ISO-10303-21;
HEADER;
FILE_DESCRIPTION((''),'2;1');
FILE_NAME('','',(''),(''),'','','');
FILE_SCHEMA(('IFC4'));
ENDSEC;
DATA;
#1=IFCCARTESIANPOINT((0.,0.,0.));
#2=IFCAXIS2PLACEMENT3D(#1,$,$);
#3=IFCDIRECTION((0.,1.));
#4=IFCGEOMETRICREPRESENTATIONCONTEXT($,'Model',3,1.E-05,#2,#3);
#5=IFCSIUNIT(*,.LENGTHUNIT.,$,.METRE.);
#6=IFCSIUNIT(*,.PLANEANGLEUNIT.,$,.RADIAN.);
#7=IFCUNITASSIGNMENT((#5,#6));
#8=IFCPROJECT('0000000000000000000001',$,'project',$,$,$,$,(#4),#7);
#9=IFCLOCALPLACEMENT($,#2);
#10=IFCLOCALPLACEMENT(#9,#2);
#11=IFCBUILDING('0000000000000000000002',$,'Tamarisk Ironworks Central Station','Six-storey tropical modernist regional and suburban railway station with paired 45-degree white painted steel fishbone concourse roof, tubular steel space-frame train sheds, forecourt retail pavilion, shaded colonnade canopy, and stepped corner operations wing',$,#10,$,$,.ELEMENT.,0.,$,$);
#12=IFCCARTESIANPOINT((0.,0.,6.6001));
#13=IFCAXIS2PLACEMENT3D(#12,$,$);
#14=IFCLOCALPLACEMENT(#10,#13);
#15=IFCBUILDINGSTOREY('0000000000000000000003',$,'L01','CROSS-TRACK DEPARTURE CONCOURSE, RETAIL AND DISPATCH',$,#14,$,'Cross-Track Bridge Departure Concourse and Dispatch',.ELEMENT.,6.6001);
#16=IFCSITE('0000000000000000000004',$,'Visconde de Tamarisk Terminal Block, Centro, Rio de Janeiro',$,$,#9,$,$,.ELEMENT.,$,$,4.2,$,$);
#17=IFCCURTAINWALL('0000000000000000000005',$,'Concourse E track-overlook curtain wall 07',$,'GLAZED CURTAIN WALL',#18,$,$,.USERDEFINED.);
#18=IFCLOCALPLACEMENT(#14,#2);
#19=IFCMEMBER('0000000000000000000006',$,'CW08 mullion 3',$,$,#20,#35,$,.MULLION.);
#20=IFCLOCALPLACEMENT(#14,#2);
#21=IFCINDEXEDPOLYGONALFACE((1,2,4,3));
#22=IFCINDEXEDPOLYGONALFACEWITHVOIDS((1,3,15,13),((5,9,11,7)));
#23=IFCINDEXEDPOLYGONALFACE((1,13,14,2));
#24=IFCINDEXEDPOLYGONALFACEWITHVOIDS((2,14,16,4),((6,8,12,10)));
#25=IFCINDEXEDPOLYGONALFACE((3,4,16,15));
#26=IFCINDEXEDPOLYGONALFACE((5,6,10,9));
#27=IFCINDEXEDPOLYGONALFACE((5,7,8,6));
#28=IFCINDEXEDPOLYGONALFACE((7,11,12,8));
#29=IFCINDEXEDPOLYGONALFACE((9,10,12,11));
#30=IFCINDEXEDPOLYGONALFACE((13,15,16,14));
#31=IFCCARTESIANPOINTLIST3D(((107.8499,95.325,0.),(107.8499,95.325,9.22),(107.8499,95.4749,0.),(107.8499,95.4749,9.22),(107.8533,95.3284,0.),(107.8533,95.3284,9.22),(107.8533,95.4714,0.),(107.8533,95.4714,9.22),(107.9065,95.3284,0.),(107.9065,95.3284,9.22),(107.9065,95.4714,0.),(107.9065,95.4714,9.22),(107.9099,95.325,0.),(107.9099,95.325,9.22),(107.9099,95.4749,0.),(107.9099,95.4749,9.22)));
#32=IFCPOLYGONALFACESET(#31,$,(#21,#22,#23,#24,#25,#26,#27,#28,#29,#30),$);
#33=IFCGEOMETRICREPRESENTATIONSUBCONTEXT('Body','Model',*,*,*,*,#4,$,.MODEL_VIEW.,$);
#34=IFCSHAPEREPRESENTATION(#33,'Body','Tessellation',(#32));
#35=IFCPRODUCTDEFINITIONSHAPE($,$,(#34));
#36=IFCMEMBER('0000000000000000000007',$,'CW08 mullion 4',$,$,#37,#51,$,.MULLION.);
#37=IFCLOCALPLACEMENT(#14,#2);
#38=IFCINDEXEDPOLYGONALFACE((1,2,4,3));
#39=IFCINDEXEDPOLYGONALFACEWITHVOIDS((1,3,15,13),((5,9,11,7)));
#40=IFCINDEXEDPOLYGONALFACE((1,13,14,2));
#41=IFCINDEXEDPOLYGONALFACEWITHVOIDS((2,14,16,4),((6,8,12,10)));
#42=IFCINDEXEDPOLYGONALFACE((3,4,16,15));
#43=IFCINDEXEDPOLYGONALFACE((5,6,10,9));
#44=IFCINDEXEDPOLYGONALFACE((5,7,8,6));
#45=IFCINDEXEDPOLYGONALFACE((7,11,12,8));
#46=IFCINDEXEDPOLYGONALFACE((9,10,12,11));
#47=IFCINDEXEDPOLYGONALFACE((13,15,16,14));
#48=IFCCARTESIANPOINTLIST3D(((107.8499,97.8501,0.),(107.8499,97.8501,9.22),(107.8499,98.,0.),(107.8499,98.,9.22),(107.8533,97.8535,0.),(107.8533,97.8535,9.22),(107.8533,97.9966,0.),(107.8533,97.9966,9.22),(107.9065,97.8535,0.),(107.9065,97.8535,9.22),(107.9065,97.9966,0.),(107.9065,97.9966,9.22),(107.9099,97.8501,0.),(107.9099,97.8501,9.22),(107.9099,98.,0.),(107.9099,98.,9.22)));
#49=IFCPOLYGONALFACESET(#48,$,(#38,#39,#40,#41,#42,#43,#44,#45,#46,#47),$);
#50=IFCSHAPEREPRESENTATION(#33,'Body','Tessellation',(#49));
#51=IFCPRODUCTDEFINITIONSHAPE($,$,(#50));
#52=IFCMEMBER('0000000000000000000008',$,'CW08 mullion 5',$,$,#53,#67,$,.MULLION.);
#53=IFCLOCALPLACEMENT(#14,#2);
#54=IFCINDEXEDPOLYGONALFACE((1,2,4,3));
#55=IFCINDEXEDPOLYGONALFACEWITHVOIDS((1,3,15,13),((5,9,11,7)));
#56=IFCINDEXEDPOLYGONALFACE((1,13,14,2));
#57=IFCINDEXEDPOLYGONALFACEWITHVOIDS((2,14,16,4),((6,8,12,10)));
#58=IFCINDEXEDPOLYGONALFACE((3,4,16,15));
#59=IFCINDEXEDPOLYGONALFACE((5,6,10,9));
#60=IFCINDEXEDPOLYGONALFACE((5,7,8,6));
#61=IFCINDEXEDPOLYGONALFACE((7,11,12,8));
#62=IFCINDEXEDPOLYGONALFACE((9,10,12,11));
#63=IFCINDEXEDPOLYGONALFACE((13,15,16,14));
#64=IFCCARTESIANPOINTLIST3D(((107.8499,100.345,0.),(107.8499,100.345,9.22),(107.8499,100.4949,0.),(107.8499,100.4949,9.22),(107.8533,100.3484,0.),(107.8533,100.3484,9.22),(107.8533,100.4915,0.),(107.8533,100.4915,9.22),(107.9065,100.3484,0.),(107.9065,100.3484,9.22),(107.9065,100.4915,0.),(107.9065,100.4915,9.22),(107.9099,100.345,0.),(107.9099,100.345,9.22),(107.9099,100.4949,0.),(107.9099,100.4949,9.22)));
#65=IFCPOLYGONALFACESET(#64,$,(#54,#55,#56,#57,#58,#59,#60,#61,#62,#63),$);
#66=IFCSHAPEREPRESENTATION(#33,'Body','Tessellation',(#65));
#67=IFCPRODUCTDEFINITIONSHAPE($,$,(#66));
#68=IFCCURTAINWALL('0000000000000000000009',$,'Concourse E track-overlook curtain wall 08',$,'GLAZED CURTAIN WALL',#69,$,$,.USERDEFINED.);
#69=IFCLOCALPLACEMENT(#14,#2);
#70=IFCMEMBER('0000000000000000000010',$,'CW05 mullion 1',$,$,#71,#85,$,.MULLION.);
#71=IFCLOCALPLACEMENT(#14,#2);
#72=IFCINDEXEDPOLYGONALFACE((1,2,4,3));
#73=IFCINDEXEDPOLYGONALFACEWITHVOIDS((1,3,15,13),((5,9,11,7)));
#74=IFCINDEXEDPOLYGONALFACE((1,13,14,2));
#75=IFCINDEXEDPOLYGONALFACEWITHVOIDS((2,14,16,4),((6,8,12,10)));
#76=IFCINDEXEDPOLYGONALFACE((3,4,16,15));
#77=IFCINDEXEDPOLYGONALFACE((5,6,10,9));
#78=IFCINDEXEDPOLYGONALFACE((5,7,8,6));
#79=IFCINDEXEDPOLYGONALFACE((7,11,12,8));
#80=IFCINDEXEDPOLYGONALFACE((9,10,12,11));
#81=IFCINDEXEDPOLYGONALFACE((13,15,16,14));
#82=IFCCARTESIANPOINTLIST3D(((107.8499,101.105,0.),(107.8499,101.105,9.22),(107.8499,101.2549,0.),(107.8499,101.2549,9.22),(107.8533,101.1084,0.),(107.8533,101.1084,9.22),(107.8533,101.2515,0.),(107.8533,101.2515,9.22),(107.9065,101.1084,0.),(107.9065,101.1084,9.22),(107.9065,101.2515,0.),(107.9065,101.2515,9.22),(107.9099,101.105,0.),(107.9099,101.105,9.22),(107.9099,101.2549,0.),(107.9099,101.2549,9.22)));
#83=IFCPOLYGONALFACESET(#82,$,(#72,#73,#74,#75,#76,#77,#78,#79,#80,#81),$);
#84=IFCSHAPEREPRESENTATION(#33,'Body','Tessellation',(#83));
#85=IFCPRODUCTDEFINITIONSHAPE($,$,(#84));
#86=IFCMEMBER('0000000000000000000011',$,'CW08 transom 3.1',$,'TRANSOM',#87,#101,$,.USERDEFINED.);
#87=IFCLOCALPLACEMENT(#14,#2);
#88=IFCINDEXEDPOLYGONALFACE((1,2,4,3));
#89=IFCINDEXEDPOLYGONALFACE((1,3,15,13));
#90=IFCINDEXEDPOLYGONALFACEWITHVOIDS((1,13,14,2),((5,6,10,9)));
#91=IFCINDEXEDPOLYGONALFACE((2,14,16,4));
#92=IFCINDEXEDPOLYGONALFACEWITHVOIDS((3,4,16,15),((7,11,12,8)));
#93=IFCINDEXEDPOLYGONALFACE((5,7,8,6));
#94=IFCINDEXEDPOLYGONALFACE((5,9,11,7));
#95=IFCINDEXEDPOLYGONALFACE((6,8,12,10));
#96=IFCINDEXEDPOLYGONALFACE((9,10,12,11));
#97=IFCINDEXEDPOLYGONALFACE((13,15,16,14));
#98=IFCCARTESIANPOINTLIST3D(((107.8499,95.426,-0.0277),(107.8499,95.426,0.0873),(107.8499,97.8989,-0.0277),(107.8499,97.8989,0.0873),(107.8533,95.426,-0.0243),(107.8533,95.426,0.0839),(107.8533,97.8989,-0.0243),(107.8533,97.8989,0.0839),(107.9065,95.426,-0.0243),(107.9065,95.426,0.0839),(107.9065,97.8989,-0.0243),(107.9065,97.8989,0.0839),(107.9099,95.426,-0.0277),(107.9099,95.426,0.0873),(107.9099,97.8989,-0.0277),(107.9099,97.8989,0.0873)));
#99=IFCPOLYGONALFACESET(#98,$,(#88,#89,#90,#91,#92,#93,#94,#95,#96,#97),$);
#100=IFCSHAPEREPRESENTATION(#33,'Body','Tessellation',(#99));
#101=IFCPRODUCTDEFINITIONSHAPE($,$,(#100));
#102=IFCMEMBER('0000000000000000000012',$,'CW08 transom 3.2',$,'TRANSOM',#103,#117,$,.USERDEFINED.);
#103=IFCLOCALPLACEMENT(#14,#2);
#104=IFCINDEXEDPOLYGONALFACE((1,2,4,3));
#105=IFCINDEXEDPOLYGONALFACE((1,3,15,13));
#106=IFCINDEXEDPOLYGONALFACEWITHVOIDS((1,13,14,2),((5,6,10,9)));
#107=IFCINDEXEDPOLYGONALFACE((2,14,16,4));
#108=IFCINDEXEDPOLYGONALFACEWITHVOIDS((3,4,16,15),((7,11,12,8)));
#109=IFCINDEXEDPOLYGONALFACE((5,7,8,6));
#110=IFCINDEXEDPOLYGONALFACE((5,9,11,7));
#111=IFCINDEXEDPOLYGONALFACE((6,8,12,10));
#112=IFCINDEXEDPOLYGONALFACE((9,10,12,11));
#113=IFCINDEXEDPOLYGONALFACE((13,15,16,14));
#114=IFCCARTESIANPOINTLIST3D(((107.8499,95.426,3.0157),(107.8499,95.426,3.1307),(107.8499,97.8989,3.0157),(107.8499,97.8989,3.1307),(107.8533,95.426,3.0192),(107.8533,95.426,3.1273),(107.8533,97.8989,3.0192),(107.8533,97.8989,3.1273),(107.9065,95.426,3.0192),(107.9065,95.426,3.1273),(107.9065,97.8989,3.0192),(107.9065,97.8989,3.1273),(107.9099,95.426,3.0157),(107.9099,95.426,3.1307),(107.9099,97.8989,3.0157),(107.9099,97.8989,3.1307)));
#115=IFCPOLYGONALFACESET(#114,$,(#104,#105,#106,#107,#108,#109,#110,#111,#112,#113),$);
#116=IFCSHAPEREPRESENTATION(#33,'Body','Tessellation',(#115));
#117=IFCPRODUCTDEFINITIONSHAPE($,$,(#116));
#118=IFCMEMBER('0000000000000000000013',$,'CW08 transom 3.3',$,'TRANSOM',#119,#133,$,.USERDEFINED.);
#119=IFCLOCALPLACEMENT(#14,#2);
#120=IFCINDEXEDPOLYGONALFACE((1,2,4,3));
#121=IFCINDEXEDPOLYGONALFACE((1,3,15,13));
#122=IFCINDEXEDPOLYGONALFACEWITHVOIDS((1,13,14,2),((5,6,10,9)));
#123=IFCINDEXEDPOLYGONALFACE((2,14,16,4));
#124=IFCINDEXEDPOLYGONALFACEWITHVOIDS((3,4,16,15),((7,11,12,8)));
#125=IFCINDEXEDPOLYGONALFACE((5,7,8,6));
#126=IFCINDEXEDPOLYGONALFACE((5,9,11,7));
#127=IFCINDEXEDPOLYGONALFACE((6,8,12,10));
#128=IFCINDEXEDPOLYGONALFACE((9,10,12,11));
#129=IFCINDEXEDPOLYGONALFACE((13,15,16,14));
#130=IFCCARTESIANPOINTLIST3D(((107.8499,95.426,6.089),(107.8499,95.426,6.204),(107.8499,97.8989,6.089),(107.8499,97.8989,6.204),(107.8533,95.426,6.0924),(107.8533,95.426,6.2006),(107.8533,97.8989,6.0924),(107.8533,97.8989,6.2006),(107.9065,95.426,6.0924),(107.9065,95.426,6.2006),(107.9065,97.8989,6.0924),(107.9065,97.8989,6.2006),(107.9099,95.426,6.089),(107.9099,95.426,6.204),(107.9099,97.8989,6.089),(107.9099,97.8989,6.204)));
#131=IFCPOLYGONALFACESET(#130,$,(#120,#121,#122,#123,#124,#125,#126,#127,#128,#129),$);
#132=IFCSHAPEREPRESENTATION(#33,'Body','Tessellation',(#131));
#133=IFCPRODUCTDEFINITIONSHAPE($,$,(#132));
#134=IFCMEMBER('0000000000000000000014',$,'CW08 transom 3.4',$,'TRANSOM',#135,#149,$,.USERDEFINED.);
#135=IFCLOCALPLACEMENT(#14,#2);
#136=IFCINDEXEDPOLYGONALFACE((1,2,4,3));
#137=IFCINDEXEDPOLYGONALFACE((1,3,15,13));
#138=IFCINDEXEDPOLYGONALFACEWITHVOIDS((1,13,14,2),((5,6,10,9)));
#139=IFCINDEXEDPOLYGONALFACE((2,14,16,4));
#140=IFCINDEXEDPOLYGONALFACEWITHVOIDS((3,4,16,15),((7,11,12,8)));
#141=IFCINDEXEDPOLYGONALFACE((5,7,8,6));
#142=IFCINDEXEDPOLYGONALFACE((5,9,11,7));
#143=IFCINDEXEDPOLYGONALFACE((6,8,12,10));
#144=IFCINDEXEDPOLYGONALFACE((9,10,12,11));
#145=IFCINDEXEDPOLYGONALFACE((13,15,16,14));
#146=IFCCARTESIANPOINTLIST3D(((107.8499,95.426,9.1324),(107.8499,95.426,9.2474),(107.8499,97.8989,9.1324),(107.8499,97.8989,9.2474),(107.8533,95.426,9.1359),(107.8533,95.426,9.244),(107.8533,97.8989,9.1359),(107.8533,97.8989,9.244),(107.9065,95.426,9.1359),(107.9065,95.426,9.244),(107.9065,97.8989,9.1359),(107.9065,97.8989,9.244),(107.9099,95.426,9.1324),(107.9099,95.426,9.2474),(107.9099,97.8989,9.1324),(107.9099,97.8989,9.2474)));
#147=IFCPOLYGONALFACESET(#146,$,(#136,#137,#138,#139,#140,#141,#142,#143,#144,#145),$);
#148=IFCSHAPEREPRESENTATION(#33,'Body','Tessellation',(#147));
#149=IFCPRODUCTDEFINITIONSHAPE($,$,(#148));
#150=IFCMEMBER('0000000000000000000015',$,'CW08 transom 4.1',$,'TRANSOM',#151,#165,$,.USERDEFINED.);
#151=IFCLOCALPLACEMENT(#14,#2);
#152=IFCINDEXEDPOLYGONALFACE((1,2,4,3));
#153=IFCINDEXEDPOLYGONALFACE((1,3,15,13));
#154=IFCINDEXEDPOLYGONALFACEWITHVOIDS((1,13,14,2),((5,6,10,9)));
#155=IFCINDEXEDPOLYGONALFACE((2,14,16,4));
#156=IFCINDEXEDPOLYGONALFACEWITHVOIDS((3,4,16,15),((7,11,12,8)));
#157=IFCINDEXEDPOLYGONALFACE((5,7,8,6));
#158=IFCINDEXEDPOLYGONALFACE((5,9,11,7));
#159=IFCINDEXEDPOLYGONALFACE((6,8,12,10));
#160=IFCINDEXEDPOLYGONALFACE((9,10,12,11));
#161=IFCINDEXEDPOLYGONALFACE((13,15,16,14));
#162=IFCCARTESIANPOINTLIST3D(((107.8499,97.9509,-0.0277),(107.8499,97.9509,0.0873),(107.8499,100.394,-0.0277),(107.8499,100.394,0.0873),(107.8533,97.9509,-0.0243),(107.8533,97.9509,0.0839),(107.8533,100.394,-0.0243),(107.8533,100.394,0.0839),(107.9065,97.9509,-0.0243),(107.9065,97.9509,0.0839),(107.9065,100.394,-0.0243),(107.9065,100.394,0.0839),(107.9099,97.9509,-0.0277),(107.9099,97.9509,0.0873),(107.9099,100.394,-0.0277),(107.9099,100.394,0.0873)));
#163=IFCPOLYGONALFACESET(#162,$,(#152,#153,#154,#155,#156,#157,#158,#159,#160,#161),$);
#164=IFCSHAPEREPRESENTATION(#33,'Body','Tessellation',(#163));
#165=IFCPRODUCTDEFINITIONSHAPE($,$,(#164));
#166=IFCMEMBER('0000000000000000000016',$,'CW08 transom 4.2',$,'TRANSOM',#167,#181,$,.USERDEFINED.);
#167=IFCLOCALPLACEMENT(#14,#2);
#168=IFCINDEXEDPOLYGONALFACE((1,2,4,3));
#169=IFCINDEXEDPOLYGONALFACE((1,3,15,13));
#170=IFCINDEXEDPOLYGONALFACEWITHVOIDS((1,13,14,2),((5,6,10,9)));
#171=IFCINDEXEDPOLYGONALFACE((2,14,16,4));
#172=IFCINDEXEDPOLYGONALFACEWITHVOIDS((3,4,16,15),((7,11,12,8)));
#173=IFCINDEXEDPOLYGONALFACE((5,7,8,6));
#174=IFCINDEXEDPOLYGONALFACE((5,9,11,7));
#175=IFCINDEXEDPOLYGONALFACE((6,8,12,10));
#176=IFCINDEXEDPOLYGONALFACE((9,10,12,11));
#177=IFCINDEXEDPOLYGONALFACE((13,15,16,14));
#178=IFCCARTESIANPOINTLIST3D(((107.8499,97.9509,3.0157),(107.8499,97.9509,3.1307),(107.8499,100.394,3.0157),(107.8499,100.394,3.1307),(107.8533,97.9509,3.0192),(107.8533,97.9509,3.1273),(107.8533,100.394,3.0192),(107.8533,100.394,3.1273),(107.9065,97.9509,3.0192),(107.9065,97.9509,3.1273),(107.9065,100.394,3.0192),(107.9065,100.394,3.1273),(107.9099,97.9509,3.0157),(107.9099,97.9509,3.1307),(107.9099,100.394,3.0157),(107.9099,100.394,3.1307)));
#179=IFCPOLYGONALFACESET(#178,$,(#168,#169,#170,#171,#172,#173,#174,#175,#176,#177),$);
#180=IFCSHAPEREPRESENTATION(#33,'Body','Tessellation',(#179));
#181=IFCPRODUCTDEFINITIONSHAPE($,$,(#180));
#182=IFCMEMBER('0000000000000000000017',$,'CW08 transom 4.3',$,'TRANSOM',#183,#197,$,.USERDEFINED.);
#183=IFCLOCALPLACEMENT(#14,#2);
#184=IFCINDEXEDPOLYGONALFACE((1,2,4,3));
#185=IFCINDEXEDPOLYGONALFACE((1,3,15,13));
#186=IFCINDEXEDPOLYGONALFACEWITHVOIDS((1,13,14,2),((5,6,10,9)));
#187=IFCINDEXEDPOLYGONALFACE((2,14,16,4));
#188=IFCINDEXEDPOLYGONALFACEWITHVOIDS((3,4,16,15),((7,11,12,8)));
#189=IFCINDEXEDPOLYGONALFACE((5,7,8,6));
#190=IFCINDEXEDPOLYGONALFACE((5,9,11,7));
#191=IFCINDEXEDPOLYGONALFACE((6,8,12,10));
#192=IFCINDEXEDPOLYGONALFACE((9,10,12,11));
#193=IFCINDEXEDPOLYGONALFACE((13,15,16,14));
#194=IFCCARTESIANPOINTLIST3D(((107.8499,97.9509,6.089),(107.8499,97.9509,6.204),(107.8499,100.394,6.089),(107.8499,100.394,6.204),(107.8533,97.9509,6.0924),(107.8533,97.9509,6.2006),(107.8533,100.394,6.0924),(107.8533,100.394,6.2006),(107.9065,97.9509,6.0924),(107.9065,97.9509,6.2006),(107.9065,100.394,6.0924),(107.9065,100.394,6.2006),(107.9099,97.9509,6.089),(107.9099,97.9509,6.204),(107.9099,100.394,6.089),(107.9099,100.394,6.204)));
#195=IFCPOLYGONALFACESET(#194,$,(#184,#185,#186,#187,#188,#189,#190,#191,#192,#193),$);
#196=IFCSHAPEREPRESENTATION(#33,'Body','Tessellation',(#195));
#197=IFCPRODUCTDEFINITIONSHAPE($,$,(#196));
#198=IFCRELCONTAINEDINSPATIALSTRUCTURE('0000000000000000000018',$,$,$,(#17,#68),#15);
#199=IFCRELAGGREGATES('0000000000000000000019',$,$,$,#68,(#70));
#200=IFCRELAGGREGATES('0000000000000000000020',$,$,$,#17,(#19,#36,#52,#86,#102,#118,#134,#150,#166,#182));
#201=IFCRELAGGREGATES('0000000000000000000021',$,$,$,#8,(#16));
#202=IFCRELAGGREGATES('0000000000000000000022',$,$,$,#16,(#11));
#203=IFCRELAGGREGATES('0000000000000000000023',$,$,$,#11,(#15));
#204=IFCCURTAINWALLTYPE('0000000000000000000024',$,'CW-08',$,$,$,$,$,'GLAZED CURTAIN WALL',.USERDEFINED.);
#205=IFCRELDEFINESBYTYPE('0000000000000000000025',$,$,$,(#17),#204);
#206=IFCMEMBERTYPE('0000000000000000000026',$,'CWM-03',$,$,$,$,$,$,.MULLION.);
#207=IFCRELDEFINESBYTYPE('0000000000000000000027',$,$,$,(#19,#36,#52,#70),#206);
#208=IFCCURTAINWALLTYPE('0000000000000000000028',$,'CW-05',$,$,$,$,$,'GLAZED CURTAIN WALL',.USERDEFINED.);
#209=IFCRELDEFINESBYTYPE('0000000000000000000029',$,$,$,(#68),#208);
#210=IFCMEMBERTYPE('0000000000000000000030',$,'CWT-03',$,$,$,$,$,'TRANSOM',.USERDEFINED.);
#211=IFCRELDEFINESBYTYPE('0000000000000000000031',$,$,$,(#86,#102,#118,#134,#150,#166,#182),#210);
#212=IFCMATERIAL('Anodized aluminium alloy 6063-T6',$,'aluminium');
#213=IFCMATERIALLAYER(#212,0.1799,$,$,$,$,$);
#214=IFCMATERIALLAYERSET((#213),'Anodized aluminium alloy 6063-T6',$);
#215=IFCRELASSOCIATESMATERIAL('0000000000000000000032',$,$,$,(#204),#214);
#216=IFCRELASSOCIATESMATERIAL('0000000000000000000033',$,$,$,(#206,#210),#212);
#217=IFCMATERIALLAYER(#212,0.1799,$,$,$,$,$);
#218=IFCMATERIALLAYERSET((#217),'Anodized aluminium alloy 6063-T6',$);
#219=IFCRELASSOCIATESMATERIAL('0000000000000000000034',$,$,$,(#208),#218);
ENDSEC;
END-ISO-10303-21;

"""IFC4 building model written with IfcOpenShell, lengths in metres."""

from ifc_helpers import new_model, si_unit, direction, frame, origin, origin_2d, place, context, subcontext, project, spatial, hollow_rectangle, extrude, material, layer, layer_set, material_profile, profile_set, type_object, element, aggregate, save


model = new_model("IFC4")

# Units and contexts
model_context = context("Model", 3, precision=1e-05, world=origin(), true_north=direction((0.0, 1.0)))
body_context = subcontext(model_context, "Body", "Model", "MODEL_VIEW")
ifc_project = project(units=[si_unit("LENGTHUNIT", "METRE"), si_unit("PLANEANGLEUNIT", "RADIAN")], contexts=[model_context])

# Site, building, storey
site_placement = place(None, origin())
site = spatial("IfcSite", under=ifc_project, at=site_placement, Name="Visconde de Tamarisk Terminal Block, Centro, Rio de Janeiro", CompositionType="ELEMENT", RefElevation=4.2)
building_placement = place(site_placement, origin())
building = spatial("IfcBuilding", under=site, at=building_placement, Name="Tamarisk Ironworks Central Station", Description="Six-storey tropical modernist regional and suburban railway station with paired 45-degree white painted steel fishbone concourse roof, tubular steel space-frame train sheds, forecourt retail pavilion, shaded colonnade canopy, and stepped corner operations wing", CompositionType="ELEMENT", ElevationOfRefHeight=0.0)
storey_placement = place(building_placement, frame((0.0, 0.0, 6.6001)))
storey = spatial("IfcBuildingStorey", under=building, at=storey_placement, Name="L01", Description="CROSS-TRACK DEPARTURE CONCOURSE, RETAIL AND DISPATCH", LongName="Cross-Track Bridge Departure Concourse and Dispatch", CompositionType="ELEMENT", Elevation=6.6001)

# Curtain wall, members
ifc_material = material(Name="Anodized aluminium alloy 6063-T6", Category="aluminium")
ifc_layer_1 = layer(ifc_material, 0.1799)
ifc_layer_set_1 = layer_set([ifc_layer_1], Name="Anodized aluminium alloy 6063-T6")
curtain_wall_type_1 = type_object("IfcCurtainWallType", Name="CW-08", ElementType="GLAZED CURTAIN WALL", PredefinedType="USERDEFINED", material=ifc_layer_set_1)
curtain_wall_1_placement = place(storey_placement, origin())
curtain_wall_1 = element("IfcCurtainWall", 1, at=curtain_wall_1_placement, inside=storey, type_object=curtain_wall_type_1, Name="Concourse E track-overlook curtain wall 07", ObjectType="GLAZED CURTAIN WALL", PredefinedType="USERDEFINED")
ifc_material_profile_1 = material_profile(ifc_material, hollow_rectangle(XDim=0.0601, YDim=0.1499, WallThickness=0.0034, at=origin_2d()), Name="ALUM 150x60")
ifc_profile_set_1 = profile_set([ifc_material_profile_1], Name="Anodized aluminium alloy 6063-T6")
member_type_1 = type_object("IfcMemberType", Name="CWM-03", PredefinedType="MULLION", material=ifc_profile_set_1)
member_1_placement = place(storey_placement, frame((107.8799, 95.3999, 0.0), z_axis=(0.0, 0.0, 1.0), x_axis=(-1.0, 0.0, 0.0)))
member_1 = element("IfcMember", 2, at=member_1_placement, type_object=member_type_1, Name="CW08 mullion 3", PredefinedType="MULLION", context=body_context, shape_type="SweptSolid", body=[
    extrude(hollow_rectangle(XDim=0.0601, YDim=0.1499, WallThickness=0.0034, at=origin_2d()), origin(), (0.0, 0.0, 1.0), 9.22),
])
member_2_placement = place(storey_placement, frame((107.8799, 97.925, 0.0), z_axis=(0.0, 0.0, 1.0), x_axis=(-1.0, 0.0, 0.0)))
member_2 = element("IfcMember", 3, at=member_2_placement, type_object=member_type_1, Name="CW08 mullion 4", PredefinedType="MULLION", context=body_context, shape_type="SweptSolid", body=[
    extrude(hollow_rectangle(XDim=0.0601, YDim=0.1499, WallThickness=0.0034, at=origin_2d()), origin(), (0.0, 0.0, 1.0), 9.22),
])
member_3_placement = place(storey_placement, frame((107.8799, 100.4199, 0.0), z_axis=(0.0, 0.0, 1.0), x_axis=(-1.0, 0.0, 0.0)))
member_3 = element("IfcMember", 4, at=member_3_placement, type_object=member_type_1, Name="CW08 mullion 5", PredefinedType="MULLION", context=body_context, shape_type="SweptSolid", body=[
    extrude(hollow_rectangle(XDim=0.0601, YDim=0.1499, WallThickness=0.0034, at=origin_2d()), origin(), (0.0, 0.0, 1.0), 9.22),
])

# Curtain wall, member
ifc_layer_2 = layer(ifc_material, 0.1799)
ifc_layer_set_2 = layer_set([ifc_layer_2], Name="Anodized aluminium alloy 6063-T6")
curtain_wall_type_2 = type_object("IfcCurtainWallType", Name="CW-05", ElementType="GLAZED CURTAIN WALL", PredefinedType="USERDEFINED", material=ifc_layer_set_2)
curtain_wall_2_placement = place(storey_placement, origin())
curtain_wall_2 = element("IfcCurtainWall", 5, at=curtain_wall_2_placement, inside=storey, type_object=curtain_wall_type_2, Name="Concourse E track-overlook curtain wall 08", ObjectType="GLAZED CURTAIN WALL", PredefinedType="USERDEFINED")
member_4_placement = place(storey_placement, frame((107.8799, 101.1799, 0.0), z_axis=(0.0, 0.0, 1.0), x_axis=(-1.0, 0.0, 0.0)))
member_4 = element("IfcMember", 6, at=member_4_placement, type_object=member_type_1, Name="CW05 mullion 1", PredefinedType="MULLION", context=body_context, shape_type="SweptSolid", body=[
    extrude(hollow_rectangle(XDim=0.0601, YDim=0.1499, WallThickness=0.0034, at=origin_2d()), origin(), (0.0, 0.0, 1.0), 9.22),
])

# Members
ifc_material_profile_2 = material_profile(ifc_material, hollow_rectangle(XDim=0.0601, YDim=0.115, WallThickness=0.0034, at=origin_2d()), Name="ALUM 115x60")
ifc_profile_set_2 = profile_set([ifc_material_profile_2], Name="Anodized aluminium alloy 6063-T6")
member_type_2 = type_object("IfcMemberType", Name="CWT-03", ElementType="TRANSOM", PredefinedType="USERDEFINED", material=ifc_profile_set_2)
member_5_placement = place(storey_placement, frame((107.8799, 95.426, 0.0298), z_axis=(0.0, 1.0, 0.0), x_axis=(-1.0, 0.0, 0.0)))
member_5 = element("IfcMember", 7, at=member_5_placement, type_object=member_type_2, Name="CW08 transom 3.1", ObjectType="TRANSOM", PredefinedType="USERDEFINED", context=body_context, shape_type="SweptSolid", body=[
    extrude(hollow_rectangle(XDim=0.0601, YDim=0.115, WallThickness=0.0034, at=origin_2d()), origin(), (0.0, 0.0, 1.0), 2.4729),
])
member_6_placement = place(storey_placement, frame((107.8799, 95.426, 3.0732), z_axis=(0.0, 1.0, 0.0), x_axis=(-1.0, 0.0, 0.0)))
member_6 = element("IfcMember", 8, at=member_6_placement, type_object=member_type_2, Name="CW08 transom 3.2", ObjectType="TRANSOM", PredefinedType="USERDEFINED", context=body_context, shape_type="SweptSolid", body=[
    extrude(hollow_rectangle(XDim=0.0601, YDim=0.115, WallThickness=0.0034, at=origin_2d()), origin(), (0.0, 0.0, 1.0), 2.4729),
])
member_7_placement = place(storey_placement, frame((107.8799, 95.426, 6.1465), z_axis=(0.0, 1.0, 0.0), x_axis=(-1.0, 0.0, 0.0)))
member_7 = element("IfcMember", 9, at=member_7_placement, type_object=member_type_2, Name="CW08 transom 3.3", ObjectType="TRANSOM", PredefinedType="USERDEFINED", context=body_context, shape_type="SweptSolid", body=[
    extrude(hollow_rectangle(XDim=0.0601, YDim=0.115, WallThickness=0.0034, at=origin_2d()), origin(), (0.0, 0.0, 1.0), 2.4729),
])
member_8_placement = place(storey_placement, frame((107.8799, 95.426, 9.1899), z_axis=(0.0, 1.0, 0.0), x_axis=(-1.0, 0.0, 0.0)))
member_8 = element("IfcMember", 10, at=member_8_placement, type_object=member_type_2, Name="CW08 transom 3.4", ObjectType="TRANSOM", PredefinedType="USERDEFINED", context=body_context, shape_type="SweptSolid", body=[
    extrude(hollow_rectangle(XDim=0.0601, YDim=0.115, WallThickness=0.0034, at=origin_2d()), origin(), (0.0, 0.0, 1.0), 2.4729),
])
member_9_placement = place(storey_placement, frame((107.8799, 97.9509, 0.0298), z_axis=(0.0, 1.0, 0.0), x_axis=(-1.0, 0.0, 0.0)))
member_9 = element("IfcMember", 11, at=member_9_placement, type_object=member_type_2, Name="CW08 transom 4.1", ObjectType="TRANSOM", PredefinedType="USERDEFINED", context=body_context, shape_type="SweptSolid", body=[
    extrude(hollow_rectangle(XDim=0.0601, YDim=0.115, WallThickness=0.0034, at=origin_2d()), origin(), (0.0, 0.0, 1.0), 2.4431),
])
member_10_placement = place(storey_placement, frame((107.8799, 97.9509, 3.0732), z_axis=(0.0, 1.0, 0.0), x_axis=(-1.0, 0.0, 0.0)))
member_10 = element("IfcMember", 12, at=member_10_placement, type_object=member_type_2, Name="CW08 transom 4.2", ObjectType="TRANSOM", PredefinedType="USERDEFINED", context=body_context, shape_type="SweptSolid", body=[
    extrude(hollow_rectangle(XDim=0.0601, YDim=0.115, WallThickness=0.0034, at=origin_2d()), origin(), (0.0, 0.0, 1.0), 2.4431),
])
member_11_placement = place(storey_placement, frame((107.8799, 97.9509, 6.1465), z_axis=(0.0, 1.0, 0.0), x_axis=(-1.0, 0.0, 0.0)))
member_11 = element("IfcMember", 13, at=member_11_placement, type_object=member_type_2, Name="CW08 transom 4.3", ObjectType="TRANSOM", PredefinedType="USERDEFINED", context=body_context, shape_type="SweptSolid", body=[
    extrude(hollow_rectangle(XDim=0.0601, YDim=0.115, WallThickness=0.0034, at=origin_2d()), origin(), (0.0, 0.0, 1.0), 2.4431),
])
aggregate(curtain_wall_2, [member_4])

aggregate(curtain_wall_1, [member_1, member_2, member_3, member_5, member_6, member_7, member_8, member_9, member_10, member_11])

save(model, "model.ifc")
